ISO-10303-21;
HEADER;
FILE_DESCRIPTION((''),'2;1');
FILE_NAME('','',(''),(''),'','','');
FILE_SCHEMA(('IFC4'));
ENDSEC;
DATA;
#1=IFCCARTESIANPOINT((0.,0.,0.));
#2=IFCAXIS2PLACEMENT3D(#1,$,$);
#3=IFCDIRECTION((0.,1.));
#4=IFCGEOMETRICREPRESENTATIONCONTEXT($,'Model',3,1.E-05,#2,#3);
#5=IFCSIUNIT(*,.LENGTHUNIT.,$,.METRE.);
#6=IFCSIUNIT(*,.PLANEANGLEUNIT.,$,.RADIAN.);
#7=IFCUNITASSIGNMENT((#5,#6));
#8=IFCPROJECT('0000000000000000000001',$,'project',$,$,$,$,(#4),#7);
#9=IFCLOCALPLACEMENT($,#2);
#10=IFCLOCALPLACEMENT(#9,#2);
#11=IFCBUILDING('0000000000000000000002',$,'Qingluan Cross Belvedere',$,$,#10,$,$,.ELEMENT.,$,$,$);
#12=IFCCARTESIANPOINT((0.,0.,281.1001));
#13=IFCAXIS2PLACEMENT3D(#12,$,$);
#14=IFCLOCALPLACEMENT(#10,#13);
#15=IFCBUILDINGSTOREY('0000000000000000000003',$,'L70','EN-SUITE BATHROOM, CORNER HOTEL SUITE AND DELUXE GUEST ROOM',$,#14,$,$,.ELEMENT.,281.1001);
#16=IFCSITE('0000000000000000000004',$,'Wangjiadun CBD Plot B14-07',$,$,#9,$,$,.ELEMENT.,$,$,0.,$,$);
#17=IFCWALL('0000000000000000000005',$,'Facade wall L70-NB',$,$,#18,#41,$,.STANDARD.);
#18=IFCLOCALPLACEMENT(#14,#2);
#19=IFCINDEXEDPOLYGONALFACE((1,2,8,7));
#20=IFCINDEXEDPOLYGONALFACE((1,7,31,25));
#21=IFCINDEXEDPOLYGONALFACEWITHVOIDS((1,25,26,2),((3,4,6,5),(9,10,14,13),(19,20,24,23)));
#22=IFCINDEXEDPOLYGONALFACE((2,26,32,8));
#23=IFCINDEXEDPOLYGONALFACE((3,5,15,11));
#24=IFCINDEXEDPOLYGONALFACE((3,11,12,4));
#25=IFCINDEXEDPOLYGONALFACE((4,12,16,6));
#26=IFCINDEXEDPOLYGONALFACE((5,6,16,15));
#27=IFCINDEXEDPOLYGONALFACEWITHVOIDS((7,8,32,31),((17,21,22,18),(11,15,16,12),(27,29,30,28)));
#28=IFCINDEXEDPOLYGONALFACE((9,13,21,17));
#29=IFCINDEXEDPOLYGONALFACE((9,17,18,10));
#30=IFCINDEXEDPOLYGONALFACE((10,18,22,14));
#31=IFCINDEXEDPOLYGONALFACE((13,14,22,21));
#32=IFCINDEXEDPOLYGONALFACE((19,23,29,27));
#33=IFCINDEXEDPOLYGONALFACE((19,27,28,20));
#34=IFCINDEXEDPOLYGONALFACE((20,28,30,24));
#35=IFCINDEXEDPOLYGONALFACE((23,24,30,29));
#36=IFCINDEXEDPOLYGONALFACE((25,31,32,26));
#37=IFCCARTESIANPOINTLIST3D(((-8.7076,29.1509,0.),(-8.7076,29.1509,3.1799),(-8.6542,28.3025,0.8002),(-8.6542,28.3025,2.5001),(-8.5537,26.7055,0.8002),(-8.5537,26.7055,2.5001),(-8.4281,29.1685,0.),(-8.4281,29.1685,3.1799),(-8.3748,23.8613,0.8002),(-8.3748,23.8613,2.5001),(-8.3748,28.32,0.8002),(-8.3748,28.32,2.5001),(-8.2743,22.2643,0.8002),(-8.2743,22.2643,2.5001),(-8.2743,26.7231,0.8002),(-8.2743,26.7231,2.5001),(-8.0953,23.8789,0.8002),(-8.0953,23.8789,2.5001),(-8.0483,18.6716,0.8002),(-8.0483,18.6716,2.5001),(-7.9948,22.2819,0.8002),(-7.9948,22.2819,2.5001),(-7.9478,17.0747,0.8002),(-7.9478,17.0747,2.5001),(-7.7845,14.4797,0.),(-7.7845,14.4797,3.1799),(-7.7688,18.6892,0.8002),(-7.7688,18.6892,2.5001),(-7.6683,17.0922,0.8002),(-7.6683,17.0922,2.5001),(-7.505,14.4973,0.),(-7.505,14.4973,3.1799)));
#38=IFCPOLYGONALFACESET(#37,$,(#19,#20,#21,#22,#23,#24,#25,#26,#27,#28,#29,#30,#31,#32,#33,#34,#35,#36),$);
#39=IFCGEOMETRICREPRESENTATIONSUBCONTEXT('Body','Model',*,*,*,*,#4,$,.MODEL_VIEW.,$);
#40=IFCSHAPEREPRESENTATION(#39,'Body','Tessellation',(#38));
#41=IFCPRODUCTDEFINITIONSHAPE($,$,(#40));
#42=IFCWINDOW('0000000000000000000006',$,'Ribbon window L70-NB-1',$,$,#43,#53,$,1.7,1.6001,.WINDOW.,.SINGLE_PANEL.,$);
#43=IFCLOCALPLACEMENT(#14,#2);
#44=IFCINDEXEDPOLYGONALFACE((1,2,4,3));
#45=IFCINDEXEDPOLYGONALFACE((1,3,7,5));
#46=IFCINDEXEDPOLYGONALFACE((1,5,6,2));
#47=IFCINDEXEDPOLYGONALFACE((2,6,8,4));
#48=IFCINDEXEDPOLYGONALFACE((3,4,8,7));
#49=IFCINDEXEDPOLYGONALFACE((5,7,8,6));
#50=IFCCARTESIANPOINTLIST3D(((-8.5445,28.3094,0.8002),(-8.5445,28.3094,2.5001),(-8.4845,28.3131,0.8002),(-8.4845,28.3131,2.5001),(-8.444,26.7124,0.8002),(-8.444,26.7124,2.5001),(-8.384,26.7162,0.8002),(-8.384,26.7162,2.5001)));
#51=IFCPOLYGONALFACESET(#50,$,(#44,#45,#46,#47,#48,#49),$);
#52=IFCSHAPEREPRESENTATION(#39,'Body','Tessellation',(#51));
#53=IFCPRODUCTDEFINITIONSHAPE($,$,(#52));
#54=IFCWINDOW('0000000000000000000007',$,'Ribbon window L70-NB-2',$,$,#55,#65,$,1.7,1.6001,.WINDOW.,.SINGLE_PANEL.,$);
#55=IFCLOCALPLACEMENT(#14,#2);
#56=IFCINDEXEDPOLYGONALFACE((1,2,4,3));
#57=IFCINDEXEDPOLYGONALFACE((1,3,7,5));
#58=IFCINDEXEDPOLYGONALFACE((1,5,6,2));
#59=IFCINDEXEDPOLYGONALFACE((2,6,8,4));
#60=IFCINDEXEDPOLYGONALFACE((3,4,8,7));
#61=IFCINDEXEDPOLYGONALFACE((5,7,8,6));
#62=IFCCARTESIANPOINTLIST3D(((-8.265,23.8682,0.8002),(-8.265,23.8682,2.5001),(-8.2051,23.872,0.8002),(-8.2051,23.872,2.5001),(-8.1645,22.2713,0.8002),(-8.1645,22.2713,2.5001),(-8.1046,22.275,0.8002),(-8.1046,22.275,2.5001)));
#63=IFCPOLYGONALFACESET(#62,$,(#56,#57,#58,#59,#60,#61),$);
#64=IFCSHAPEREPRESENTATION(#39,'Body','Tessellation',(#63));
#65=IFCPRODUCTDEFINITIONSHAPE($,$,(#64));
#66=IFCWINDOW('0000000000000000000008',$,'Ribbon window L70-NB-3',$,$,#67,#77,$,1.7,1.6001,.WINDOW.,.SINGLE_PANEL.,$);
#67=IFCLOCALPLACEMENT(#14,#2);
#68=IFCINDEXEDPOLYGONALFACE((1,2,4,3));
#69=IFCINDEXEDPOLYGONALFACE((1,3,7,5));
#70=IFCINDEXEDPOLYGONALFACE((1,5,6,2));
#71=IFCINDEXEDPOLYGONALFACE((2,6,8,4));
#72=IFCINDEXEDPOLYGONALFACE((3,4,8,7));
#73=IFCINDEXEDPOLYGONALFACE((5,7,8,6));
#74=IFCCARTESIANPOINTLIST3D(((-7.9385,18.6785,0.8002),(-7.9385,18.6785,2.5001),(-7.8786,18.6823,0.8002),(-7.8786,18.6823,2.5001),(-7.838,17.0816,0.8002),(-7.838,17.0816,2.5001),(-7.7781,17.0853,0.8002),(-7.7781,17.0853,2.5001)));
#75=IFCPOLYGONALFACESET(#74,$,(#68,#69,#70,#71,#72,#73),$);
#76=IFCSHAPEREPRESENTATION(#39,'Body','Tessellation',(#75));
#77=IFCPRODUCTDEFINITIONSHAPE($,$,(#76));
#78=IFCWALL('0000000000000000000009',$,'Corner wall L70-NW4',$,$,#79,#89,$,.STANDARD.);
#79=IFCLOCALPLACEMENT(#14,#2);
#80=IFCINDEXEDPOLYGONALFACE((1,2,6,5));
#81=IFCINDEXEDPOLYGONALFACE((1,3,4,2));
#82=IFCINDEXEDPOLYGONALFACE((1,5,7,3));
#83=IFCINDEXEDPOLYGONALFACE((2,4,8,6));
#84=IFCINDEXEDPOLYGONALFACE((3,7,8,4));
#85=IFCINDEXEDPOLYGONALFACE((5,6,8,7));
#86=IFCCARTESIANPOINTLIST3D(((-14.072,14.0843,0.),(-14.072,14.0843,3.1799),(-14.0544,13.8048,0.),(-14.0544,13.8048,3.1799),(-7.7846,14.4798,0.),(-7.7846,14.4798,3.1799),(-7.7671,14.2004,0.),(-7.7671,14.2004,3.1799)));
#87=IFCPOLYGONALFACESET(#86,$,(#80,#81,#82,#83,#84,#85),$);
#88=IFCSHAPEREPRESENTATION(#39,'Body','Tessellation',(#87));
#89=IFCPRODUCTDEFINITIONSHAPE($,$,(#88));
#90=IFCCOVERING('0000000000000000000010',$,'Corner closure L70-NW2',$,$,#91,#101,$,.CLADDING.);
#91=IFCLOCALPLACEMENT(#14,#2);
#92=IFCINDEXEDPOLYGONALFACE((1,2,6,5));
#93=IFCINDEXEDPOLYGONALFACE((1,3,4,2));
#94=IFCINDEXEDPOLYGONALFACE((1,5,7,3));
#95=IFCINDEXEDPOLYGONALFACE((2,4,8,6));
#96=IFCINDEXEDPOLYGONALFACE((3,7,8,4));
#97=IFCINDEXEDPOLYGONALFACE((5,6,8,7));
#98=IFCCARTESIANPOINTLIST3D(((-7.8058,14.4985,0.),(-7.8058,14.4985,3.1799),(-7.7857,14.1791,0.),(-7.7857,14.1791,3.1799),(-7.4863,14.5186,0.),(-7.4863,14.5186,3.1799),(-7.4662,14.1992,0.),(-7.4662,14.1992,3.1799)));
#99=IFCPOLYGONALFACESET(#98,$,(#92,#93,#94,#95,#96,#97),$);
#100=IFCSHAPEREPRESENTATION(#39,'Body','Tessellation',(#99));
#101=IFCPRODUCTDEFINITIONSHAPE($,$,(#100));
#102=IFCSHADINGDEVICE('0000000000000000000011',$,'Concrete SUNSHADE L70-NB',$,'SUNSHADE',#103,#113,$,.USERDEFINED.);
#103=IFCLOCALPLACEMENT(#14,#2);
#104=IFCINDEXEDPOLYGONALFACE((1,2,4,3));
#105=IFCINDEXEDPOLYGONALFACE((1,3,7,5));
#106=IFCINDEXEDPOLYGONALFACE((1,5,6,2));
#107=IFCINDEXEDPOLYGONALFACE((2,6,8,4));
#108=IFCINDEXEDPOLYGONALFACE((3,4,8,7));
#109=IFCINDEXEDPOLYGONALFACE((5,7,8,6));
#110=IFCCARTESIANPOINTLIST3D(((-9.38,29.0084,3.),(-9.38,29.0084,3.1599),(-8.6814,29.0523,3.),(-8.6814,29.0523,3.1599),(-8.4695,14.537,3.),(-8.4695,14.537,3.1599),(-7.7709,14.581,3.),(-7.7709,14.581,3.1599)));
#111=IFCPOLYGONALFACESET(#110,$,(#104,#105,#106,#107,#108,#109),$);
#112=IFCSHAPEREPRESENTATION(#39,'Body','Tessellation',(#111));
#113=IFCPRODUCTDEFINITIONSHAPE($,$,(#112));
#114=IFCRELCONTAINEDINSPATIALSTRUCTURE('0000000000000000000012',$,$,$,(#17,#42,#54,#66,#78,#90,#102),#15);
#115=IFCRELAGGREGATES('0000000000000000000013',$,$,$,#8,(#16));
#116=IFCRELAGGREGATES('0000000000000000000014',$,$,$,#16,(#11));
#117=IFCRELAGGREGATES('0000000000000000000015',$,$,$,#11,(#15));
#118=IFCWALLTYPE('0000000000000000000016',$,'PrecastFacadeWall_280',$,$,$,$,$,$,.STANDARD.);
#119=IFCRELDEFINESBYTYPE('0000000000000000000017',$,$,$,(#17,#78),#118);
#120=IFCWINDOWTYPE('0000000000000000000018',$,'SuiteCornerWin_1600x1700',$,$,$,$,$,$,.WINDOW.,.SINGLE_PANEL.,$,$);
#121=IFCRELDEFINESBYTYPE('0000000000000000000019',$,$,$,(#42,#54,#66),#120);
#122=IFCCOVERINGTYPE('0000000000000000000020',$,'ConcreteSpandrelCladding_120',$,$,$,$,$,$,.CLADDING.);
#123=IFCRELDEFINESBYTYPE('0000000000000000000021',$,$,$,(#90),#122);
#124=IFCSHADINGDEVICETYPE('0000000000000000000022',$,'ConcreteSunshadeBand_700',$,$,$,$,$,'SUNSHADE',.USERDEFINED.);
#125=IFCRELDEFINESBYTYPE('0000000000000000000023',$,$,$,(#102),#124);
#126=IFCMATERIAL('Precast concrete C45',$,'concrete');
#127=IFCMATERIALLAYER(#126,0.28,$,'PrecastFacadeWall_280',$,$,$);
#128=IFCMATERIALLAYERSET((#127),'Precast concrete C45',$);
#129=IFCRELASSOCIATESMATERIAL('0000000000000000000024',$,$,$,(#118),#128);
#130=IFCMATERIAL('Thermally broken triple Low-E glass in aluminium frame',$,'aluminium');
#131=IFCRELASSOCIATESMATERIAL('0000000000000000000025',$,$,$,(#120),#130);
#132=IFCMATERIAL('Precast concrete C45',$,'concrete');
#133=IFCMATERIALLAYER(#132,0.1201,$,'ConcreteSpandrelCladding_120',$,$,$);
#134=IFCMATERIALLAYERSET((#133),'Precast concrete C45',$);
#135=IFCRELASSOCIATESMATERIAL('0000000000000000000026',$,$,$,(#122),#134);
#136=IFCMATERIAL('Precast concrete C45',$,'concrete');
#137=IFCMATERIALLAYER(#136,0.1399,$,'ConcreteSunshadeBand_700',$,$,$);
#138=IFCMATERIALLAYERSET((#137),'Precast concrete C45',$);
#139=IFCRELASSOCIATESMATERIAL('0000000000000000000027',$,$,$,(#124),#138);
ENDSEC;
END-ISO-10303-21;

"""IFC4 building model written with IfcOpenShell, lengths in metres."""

from ifc_helpers import new_model, si_unit, direction, frame, frame_2d, origin, origin_2d, place, context, subcontext, project, spatial, rectangle, extrude, material, layer, layer_set, type_object, element, fill, save


model = new_model("IFC4")

# Units and contexts
model_context = context("Model", 3, precision=1e-05, world=origin(), true_north=direction((0.0, 1.0)))
body_context = subcontext(model_context, "Body", "Model", "MODEL_VIEW")
ifc_project = project(units=[si_unit("LENGTHUNIT", "METRE"), si_unit("PLANEANGLEUNIT", "RADIAN")], contexts=[model_context])

# Site, building, storey
site_placement = place(None, origin())
site = spatial("IfcSite", under=ifc_project, at=site_placement, Name="Wangjiadun CBD Plot B14-07", CompositionType="ELEMENT", RefElevation=0.0)
building_placement = place(site_placement, origin())
building = spatial("IfcBuilding", under=site, at=building_placement, Name="Qingluan Cross Belvedere", CompositionType="ELEMENT")
storey_placement = place(building_placement, frame((0.0, 0.0, 281.1001)))
storey = spatial("IfcBuildingStorey", under=building, at=storey_placement, Name="L70", Description="EN-SUITE BATHROOM, CORNER HOTEL SUITE AND DELUXE GUEST ROOM", CompositionType="ELEMENT", Elevation=281.1001)

# Wall, openings, windows
ifc_material_1 = material(Name="Precast concrete C45", Category="concrete")
ifc_layer_1 = layer(ifc_material_1, 0.28, Name="PrecastFacadeWall_280")
ifc_layer_set_1 = layer_set([ifc_layer_1], Name="Precast concrete C45")
wall_type_1 = type_object("IfcWallType", Name="PrecastFacadeWall_280", PredefinedType="STANDARD", material=ifc_layer_set_1)
wall_1_placement = place(storey_placement, frame((-8.5679, 29.1597, 0.0), z_axis=(0.0, 0.0, 1.0), x_axis=(0.062795, -0.998026, 0.0)))
wall_1 = element("IfcWall", 1, at=wall_1_placement, inside=storey, type_object=wall_type_1, Name="Facade wall L70-NB", PredefinedType="STANDARD", context=body_context, shape_type="SweptSolid", body=[
    extrude(rectangle(XDim=14.7002, YDim=0.28, at=frame_2d((7.3501, 0.0))), origin(), (0.0, 0.0, 1.0), 3.1799),
])
opening_1_placement = place(wall_1_placement, frame((0.8501, 0.0, 0.8)))
opening_1 = element("IfcOpeningElement", 2, at=opening_1_placement, cuts=wall_1, PredefinedType="OPENING", context=body_context, shape_type="SweptSolid", body=[
    extrude(rectangle(XDim=1.6001, YDim=1.7, at=frame_2d((0.8, 0.8501))), frame((0.0, 0.1499, 0.0), z_axis=(0.0, -1.0, 0.0), x_axis=(1.0, 0.0, 0.0)), (0.0, 0.0, 1.0), 0.3),
])
opening_2_placement = place(wall_1_placement, frame((5.3, 0.0, 0.8)))
opening_2 = element("IfcOpeningElement", 3, at=opening_2_placement, cuts=wall_1, PredefinedType="OPENING", context=body_context, shape_type="SweptSolid", body=[
    extrude(rectangle(XDim=1.6001, YDim=1.7, at=frame_2d((0.8, 0.8501))), frame((0.0, 0.1499, 0.0), z_axis=(0.0, -1.0, 0.0), x_axis=(1.0, 0.0, 0.0)), (0.0, 0.0, 1.0), 0.3),
])
opening_3_placement = place(wall_1_placement, frame((10.5, 0.0, 0.8)))
opening_3 = element("IfcOpeningElement", 4, at=opening_3_placement, cuts=wall_1, PredefinedType="OPENING", context=body_context, shape_type="SweptSolid", body=[
    extrude(rectangle(XDim=1.6001, YDim=1.7, at=frame_2d((0.8, 0.8501))), frame((0.0, 0.1499, 0.0), z_axis=(0.0, -1.0, 0.0), x_axis=(1.0, 0.0, 0.0)), (0.0, 0.0, 1.0), 0.3),
])
ifc_material_2 = material(Name="Thermally broken triple Low-E glass in aluminium frame", Category="aluminium")
window_type = type_object("IfcWindowType", Name="SuiteCornerWin_1600x1700", PartitioningType="SINGLE_PANEL", PredefinedType="WINDOW", material=ifc_material_2)
window_1_placement = place(opening_1_placement, origin())
window_1 = element("IfcWindow", 5, at=window_1_placement, inside=storey, type_object=window_type, Name="Ribbon window L70-NB-1", OverallHeight=1.7, OverallWidth=1.6001, PartitioningType="SINGLE_PANEL", PredefinedType="WINDOW", context=body_context, shape_type="SweptSolid", body=[
    extrude(rectangle(XDim=1.6001, YDim=1.7, at=frame_2d((0.8, 0.8501))), frame((0.0, 0.03, 0.0), z_axis=(0.0, -1.0, 0.0), x_axis=(1.0, 0.0, 0.0)), (0.0, 0.0, 1.0), 0.0601),
])
fill(opening_1, window_1)
window_2_placement = place(opening_2_placement, origin())
window_2 = element("IfcWindow", 6, at=window_2_placement, inside=storey, type_object=window_type, Name="Ribbon window L70-NB-2", OverallHeight=1.7, OverallWidth=1.6001, PartitioningType="SINGLE_PANEL", PredefinedType="WINDOW", context=body_context, shape_type="SweptSolid", body=[
    extrude(rectangle(XDim=1.6001, YDim=1.7, at=frame_2d((0.8, 0.8501))), frame((0.0, 0.03, 0.0), z_axis=(0.0, -1.0, 0.0), x_axis=(1.0, 0.0, 0.0)), (0.0, 0.0, 1.0), 0.0601),
])
fill(opening_2, window_2)
window_3_placement = place(opening_3_placement, origin())
window_3 = element("IfcWindow", 7, at=window_3_placement, inside=storey, type_object=window_type, Name="Ribbon window L70-NB-3", OverallHeight=1.7, OverallWidth=1.6001, PartitioningType="SINGLE_PANEL", PredefinedType="WINDOW", context=body_context, shape_type="SweptSolid", body=[
    extrude(rectangle(XDim=1.6001, YDim=1.7, at=frame_2d((0.8, 0.8501))), frame((0.0, 0.03, 0.0), z_axis=(0.0, -1.0, 0.0), x_axis=(1.0, 0.0, 0.0)), (0.0, 0.0, 1.0), 0.0601),
])
fill(opening_3, window_3)

# Wall
wall_2_placement = place(storey_placement, frame((-14.0632, 13.9446, 0.0), z_axis=(0.0, 0.0, 1.0), x_axis=(0.998027, 0.062781, 0.0)))
element("IfcWall", 8, at=wall_2_placement, inside=storey, type_object=wall_type_1, Name="Corner wall L70-NW4", PredefinedType="STANDARD", context=body_context, shape_type="SweptSolid", body=[
    extrude(rectangle(XDim=6.2998, YDim=0.28, at=frame_2d((3.1499, 0.0))), origin(), (0.0, 0.0, 1.0), 3.1799),
])

# Covering
ifc_material_3 = material(Name="Precast concrete C45", Category="concrete")
ifc_layer_2 = layer(ifc_material_3, 0.1201, Name="ConcreteSpandrelCladding_120")
ifc_layer_set_2 = layer_set([ifc_layer_2], Name="Precast concrete C45")
covering_type = type_object("IfcCoveringType", Name="ConcreteSpandrelCladding_120", PredefinedType="CLADDING", material=ifc_layer_set_2)
covering_placement = place(storey_placement, frame((-7.636, 14.3489, 0.0), z_axis=(0.0, 0.0, 1.0), x_axis=(0.998027, 0.062791, 0.0)))
element("IfcCovering", 9, at=covering_placement, inside=storey, type_object=covering_type, Name="Corner closure L70-NW2", PredefinedType="CLADDING", context=body_context, shape_type="SweptSolid", body=[
    extrude(rectangle(XDim=0.3201, YDim=0.3201, at=origin_2d()), origin(), (0.0, 0.0, 1.0), 3.1799),
])

# Shading device
ifc_material_4 = material(Name="Precast concrete C45", Category="concrete")
ifc_layer_3 = layer(ifc_material_4, 0.1399, Name="ConcreteSunshadeBand_700")
ifc_layer_set_3 = layer_set([ifc_layer_3], Name="Precast concrete C45")
shading_device_type = type_object("IfcShadingDeviceType", Name="ConcreteSunshadeBand_700", ElementType="SUNSHADE", PredefinedType="USERDEFINED", material=ifc_layer_set_3)
shading_device_placement = place(storey_placement, frame((-8.5754, 21.7947, 3.0), z_axis=(0.0, 0.0, 1.0), x_axis=(0.062796, -0.998026, 0.0)))
element("IfcShadingDevice", 10, at=shading_device_placement, inside=storey, type_object=shading_device_type, Name="Concrete SUNSHADE L70-NB", ObjectType="SUNSHADE", PredefinedType="USERDEFINED", context=body_context, shape_type="SweptSolid", body=[
    extrude(rectangle(XDim=14.5, YDim=0.7, at=origin_2d()), origin(), (0.0, 0.0, 1.0), 0.1599),
])

save(model, "model.ifc")
